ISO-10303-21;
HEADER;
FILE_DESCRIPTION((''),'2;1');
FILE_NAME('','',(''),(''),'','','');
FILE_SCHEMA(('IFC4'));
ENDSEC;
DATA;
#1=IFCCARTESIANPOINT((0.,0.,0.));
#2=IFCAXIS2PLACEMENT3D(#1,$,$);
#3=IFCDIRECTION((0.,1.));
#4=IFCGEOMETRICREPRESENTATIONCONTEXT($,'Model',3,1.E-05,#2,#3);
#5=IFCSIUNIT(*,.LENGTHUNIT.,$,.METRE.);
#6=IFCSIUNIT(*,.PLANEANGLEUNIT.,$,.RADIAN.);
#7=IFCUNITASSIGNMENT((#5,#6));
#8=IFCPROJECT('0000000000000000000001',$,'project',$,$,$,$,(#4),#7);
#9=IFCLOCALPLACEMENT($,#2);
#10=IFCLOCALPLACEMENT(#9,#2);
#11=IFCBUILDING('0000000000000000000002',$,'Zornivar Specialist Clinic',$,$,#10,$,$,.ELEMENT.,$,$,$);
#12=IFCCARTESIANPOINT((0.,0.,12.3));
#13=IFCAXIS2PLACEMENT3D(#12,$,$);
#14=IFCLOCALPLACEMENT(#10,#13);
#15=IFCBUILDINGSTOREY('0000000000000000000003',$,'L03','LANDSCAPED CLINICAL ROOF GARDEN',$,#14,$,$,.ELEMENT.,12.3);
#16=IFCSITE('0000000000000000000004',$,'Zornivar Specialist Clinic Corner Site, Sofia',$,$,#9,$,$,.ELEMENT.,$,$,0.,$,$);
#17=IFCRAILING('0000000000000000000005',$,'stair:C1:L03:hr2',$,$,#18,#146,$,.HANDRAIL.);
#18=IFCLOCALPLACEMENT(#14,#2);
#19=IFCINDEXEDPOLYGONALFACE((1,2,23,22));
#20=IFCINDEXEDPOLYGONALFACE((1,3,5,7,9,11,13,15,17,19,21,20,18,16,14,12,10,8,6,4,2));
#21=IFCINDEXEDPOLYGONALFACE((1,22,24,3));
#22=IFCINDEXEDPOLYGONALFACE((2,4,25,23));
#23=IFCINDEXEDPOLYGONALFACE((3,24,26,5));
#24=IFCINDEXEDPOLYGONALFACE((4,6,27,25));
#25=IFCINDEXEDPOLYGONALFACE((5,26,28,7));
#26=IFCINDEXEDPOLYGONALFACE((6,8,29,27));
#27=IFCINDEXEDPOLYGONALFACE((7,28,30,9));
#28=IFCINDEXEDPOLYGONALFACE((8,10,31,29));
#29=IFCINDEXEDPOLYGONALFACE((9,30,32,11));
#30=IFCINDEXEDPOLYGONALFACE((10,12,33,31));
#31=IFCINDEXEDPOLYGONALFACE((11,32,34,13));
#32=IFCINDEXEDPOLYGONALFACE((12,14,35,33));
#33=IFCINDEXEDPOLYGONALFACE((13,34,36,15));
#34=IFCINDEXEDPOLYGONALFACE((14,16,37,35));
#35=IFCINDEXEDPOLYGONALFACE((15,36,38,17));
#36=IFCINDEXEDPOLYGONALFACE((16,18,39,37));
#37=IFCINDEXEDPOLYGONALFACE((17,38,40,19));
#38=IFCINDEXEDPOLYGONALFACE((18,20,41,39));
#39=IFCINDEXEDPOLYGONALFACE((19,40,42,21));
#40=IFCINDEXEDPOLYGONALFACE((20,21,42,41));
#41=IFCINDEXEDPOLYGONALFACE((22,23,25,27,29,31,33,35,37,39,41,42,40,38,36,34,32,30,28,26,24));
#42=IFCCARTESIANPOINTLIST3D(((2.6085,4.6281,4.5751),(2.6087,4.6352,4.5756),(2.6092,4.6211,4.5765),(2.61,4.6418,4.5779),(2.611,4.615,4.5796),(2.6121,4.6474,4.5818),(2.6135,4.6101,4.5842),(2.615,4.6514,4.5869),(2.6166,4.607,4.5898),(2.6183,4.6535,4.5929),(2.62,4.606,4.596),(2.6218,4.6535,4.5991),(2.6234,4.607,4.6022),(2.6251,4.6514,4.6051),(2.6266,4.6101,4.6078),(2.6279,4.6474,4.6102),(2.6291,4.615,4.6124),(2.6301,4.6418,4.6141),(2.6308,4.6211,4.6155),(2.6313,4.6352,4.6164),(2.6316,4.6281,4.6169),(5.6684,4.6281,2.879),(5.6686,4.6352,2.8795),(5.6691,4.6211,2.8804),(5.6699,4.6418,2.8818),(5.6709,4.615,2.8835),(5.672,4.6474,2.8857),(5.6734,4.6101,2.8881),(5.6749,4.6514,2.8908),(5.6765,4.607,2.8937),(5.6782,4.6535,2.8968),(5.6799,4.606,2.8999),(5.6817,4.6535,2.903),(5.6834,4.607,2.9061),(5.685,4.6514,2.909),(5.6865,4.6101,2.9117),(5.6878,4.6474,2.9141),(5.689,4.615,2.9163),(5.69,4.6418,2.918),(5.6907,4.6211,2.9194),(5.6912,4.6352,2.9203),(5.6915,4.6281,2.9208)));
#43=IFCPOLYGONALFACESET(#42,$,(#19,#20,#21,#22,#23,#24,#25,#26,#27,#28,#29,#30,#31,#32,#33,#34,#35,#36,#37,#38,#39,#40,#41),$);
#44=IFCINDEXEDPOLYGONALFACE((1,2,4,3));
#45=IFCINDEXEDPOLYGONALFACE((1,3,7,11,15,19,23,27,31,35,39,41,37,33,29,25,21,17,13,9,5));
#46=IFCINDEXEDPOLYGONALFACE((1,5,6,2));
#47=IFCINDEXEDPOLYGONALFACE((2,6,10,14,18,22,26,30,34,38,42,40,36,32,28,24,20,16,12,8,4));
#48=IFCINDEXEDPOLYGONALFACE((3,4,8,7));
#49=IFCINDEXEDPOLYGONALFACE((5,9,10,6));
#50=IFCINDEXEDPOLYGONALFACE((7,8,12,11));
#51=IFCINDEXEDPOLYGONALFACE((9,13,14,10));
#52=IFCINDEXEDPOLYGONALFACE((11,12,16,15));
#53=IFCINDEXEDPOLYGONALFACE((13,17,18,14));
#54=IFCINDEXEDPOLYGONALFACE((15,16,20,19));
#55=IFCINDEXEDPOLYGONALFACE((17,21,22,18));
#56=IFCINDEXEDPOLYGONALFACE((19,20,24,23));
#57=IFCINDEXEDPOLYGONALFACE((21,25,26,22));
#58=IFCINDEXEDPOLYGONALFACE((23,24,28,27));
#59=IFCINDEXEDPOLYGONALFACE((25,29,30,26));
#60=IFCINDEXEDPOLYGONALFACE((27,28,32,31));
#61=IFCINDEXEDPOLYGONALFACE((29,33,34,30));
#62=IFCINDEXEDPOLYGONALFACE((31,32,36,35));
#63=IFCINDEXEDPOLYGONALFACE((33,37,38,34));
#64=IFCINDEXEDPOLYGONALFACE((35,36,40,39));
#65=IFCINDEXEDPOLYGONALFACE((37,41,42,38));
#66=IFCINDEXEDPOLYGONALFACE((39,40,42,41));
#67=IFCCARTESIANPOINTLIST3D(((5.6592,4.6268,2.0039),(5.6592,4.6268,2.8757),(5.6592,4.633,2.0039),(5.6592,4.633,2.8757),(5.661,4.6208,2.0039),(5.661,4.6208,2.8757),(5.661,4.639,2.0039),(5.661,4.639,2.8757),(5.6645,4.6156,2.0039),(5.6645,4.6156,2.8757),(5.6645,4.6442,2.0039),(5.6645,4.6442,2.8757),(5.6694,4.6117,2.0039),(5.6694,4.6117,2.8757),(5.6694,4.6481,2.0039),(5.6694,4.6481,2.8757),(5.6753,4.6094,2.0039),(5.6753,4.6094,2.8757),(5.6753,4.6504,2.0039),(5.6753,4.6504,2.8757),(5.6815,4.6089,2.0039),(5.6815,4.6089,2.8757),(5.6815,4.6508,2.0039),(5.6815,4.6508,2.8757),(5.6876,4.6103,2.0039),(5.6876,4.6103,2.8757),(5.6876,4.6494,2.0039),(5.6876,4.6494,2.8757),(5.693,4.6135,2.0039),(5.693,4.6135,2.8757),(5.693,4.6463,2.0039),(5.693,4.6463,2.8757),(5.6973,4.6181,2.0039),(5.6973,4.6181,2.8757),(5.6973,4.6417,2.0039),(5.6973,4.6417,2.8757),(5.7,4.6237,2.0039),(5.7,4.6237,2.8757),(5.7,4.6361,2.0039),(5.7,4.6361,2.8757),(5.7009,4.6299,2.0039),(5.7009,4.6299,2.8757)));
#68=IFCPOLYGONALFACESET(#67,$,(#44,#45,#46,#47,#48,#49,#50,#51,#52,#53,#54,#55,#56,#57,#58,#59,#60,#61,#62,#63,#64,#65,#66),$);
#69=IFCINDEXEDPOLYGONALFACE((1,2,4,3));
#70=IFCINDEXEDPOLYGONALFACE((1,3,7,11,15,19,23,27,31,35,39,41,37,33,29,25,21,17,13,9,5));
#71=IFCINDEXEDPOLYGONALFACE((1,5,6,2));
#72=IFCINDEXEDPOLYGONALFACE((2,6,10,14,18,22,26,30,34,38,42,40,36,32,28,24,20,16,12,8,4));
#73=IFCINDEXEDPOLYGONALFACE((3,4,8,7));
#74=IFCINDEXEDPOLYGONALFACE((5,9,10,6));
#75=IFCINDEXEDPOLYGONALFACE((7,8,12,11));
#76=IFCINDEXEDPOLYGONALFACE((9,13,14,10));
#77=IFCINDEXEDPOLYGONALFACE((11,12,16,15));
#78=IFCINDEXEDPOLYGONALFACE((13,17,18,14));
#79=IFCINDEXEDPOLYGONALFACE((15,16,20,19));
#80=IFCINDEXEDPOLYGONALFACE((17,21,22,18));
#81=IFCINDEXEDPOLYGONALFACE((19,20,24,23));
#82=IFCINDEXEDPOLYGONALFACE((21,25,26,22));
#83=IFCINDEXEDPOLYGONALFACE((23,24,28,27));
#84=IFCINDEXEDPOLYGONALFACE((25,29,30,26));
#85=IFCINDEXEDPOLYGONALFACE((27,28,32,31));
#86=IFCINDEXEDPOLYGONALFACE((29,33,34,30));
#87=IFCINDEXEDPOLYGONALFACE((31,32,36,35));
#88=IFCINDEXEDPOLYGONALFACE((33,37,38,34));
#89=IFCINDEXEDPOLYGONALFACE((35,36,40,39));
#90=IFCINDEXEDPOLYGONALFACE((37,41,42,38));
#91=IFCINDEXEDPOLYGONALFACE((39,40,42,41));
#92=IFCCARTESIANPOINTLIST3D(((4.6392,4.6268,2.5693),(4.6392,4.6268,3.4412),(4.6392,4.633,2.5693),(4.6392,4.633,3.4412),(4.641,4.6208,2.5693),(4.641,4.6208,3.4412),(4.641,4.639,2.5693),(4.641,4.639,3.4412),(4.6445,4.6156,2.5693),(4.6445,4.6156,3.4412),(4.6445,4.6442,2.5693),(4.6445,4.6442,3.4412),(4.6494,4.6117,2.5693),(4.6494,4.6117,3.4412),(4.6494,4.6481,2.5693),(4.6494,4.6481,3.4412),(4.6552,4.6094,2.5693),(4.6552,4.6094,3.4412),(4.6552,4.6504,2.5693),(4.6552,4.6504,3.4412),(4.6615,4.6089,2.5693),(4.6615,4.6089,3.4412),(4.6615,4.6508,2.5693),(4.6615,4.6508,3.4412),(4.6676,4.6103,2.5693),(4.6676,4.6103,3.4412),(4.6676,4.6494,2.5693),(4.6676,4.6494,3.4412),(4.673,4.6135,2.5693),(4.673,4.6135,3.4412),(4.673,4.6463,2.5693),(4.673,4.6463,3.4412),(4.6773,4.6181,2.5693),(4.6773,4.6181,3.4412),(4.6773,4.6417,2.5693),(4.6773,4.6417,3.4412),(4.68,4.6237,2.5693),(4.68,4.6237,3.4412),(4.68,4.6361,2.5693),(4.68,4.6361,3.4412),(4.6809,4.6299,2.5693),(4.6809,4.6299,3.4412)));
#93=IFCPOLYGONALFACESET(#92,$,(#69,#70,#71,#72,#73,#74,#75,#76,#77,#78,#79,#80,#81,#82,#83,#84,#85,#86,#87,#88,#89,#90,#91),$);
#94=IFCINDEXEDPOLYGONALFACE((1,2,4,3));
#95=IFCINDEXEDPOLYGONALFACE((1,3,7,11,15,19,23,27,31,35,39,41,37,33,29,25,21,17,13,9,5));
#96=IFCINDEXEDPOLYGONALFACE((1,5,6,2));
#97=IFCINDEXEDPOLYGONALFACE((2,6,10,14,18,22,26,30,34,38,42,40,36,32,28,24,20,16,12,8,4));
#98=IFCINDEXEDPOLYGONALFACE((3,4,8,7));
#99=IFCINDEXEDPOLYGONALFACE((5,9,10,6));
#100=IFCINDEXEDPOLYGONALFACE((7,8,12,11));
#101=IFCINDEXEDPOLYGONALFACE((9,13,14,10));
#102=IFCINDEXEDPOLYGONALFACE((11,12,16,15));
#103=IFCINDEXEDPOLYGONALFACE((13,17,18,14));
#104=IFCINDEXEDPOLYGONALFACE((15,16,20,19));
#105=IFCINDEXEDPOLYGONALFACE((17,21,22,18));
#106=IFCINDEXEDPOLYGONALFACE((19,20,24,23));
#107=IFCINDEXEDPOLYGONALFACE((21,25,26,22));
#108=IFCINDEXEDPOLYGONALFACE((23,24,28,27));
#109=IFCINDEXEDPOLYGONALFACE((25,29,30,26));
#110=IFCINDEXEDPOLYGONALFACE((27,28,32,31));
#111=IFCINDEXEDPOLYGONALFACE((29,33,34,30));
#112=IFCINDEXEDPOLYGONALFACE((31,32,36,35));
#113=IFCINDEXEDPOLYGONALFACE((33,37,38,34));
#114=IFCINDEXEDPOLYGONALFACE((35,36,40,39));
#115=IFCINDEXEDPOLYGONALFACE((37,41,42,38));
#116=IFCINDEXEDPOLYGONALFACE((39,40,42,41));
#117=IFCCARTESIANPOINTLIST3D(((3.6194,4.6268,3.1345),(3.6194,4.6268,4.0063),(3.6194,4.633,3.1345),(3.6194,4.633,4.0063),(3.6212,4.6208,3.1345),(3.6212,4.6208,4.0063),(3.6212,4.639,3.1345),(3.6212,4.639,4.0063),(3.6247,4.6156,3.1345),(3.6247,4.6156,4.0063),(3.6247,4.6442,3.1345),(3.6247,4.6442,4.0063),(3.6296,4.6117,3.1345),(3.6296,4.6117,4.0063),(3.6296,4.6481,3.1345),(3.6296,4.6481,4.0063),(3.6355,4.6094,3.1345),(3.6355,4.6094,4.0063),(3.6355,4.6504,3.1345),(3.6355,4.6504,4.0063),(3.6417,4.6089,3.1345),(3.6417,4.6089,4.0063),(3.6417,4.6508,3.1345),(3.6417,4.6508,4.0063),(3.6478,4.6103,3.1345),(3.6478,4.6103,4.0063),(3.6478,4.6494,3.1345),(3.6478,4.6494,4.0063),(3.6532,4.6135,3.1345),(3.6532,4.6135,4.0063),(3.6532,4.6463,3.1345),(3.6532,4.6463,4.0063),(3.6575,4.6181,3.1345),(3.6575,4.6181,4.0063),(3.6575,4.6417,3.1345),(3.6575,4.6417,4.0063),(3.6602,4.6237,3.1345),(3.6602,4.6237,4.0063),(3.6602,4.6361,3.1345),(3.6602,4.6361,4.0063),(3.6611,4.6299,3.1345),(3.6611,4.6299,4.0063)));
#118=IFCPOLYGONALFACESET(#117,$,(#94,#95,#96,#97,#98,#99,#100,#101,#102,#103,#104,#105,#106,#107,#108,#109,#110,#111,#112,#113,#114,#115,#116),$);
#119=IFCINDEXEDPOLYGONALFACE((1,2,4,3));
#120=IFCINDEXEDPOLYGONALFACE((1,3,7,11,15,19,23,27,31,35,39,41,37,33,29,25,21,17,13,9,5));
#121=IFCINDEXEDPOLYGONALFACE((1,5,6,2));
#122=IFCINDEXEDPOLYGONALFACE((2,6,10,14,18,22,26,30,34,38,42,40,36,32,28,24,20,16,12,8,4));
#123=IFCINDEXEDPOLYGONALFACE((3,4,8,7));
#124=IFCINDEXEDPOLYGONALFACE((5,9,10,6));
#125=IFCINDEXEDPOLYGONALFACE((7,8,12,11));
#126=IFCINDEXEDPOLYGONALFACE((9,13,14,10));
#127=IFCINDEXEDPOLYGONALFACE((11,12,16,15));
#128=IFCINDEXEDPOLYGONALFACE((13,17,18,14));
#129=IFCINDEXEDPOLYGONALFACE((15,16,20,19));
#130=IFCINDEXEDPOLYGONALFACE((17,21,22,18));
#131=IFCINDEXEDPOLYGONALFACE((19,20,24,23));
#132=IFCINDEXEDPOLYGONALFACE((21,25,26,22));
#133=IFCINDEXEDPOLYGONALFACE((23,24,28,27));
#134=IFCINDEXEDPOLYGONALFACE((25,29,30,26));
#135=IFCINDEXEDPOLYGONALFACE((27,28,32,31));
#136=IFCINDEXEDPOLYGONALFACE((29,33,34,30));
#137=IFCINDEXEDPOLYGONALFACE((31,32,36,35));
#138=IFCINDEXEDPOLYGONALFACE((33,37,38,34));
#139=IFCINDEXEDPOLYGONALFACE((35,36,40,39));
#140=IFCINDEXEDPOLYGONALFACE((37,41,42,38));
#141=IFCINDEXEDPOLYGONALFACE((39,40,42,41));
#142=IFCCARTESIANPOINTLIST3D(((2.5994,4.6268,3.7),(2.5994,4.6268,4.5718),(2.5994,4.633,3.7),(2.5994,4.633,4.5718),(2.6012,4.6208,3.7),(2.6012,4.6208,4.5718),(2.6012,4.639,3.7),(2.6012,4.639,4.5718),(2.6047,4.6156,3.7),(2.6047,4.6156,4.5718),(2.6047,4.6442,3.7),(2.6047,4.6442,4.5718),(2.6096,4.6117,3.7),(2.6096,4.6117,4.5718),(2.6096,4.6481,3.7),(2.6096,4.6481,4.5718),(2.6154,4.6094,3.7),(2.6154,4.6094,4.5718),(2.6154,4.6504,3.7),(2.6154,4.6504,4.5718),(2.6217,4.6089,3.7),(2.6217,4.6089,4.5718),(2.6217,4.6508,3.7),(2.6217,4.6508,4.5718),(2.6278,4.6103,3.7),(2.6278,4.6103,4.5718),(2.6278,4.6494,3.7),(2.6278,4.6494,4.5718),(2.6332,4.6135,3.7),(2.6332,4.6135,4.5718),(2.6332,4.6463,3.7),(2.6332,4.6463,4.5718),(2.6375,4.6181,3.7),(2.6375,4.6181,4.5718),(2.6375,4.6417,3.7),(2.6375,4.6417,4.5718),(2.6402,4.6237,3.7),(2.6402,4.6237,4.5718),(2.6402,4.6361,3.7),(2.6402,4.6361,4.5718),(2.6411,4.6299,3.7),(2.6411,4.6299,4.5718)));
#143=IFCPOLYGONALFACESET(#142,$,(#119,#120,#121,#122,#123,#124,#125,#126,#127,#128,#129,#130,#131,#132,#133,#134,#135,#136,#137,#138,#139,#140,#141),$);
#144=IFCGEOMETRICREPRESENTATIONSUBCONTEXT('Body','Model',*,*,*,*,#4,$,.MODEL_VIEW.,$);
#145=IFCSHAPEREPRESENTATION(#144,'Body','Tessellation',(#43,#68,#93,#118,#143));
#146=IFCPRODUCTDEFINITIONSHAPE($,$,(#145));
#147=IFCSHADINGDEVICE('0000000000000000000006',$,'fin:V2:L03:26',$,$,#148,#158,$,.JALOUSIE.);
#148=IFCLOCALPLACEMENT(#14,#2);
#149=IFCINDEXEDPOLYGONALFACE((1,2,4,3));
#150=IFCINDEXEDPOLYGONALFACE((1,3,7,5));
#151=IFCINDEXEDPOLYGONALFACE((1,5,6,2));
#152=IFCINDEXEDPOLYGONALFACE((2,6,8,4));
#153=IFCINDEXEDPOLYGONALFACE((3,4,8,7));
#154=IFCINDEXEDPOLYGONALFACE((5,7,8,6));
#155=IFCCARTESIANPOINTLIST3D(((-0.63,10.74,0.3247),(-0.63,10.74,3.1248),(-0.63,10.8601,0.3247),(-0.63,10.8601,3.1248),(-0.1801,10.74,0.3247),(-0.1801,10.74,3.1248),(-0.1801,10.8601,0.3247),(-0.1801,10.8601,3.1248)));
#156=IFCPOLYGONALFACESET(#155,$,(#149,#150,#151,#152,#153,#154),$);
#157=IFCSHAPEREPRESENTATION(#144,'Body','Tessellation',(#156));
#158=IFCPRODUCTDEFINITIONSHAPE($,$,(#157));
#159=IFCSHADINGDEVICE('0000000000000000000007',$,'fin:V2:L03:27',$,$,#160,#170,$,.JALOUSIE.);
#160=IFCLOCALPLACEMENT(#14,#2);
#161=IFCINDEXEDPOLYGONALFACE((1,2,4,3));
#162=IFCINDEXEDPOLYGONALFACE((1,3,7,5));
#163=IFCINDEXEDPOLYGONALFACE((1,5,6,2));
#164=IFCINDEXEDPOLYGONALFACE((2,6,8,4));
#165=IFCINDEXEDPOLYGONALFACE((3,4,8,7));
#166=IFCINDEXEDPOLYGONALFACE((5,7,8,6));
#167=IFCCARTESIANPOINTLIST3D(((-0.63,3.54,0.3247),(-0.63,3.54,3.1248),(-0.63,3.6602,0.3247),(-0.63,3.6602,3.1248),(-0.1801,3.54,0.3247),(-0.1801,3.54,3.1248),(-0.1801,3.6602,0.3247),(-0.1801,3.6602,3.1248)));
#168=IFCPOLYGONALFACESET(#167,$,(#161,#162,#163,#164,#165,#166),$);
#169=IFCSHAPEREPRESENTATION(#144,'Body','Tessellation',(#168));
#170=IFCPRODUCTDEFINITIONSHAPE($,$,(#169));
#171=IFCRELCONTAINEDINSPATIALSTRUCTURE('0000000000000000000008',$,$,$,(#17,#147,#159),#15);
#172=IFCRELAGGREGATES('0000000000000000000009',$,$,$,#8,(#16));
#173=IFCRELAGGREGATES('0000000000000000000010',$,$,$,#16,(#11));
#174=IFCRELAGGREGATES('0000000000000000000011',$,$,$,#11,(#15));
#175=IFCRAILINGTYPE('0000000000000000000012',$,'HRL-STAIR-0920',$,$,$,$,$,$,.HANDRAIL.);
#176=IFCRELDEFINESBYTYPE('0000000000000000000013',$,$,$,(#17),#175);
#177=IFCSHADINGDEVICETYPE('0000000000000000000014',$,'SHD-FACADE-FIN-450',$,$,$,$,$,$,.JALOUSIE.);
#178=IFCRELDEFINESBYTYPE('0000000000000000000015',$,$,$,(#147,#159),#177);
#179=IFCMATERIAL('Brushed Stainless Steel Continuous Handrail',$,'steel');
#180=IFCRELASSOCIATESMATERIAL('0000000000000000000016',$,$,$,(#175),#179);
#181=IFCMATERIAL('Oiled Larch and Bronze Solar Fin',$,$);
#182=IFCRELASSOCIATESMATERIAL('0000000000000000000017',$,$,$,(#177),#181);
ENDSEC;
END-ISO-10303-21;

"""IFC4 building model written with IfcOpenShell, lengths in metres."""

from ifc_helpers import new_model, si_unit, direction, frame, origin, origin_2d, place, context, subcontext, project, spatial, rectangle, circle, extrude, material, type_object, element, save


model = new_model("IFC4")

# Units and contexts
model_context = context("Model", 3, precision=1e-05, world=origin(), true_north=direction((0.0, 1.0)))
body_context = subcontext(model_context, "Body", "Model", "MODEL_VIEW")
ifc_project = project(units=[si_unit("LENGTHUNIT", "METRE"), si_unit("PLANEANGLEUNIT", "RADIAN")], contexts=[model_context])

# Site, building, storey
site_placement = place(None, origin())
site = spatial("IfcSite", under=ifc_project, at=site_placement, Name="Zornivar Specialist Clinic Corner Site, Sofia", CompositionType="ELEMENT", RefElevation=0.0)
building_placement = place(site_placement, origin())
building = spatial("IfcBuilding", under=site, at=building_placement, Name="Zornivar Specialist Clinic", CompositionType="ELEMENT")
storey_placement = place(building_placement, frame((0.0, 0.0, 12.3)))
storey = spatial("IfcBuildingStorey", under=building, at=storey_placement, Name="L03", Description="LANDSCAPED CLINICAL ROOF GARDEN", CompositionType="ELEMENT", Elevation=12.3)

# Railing
ifc_material_1 = material(Name="Brushed Stainless Steel Continuous Handrail", Category="steel")
railing_type = type_object("IfcRailingType", Name="HRL-STAIR-0920", PredefinedType="HANDRAIL", material=ifc_material_1)
railing_placement = place(storey_placement, frame((5.6799, 4.6299, 2.0039)))
element("IfcRailing", 1, at=railing_placement, inside=storey, type_object=railing_type, Name="stair:C1:L03:hr2", PredefinedType="HANDRAIL", context=body_context, shape_type="SweptSolid", body=[
    extrude(circle(Radius=0.0239, at=origin_2d()), frame((0.0, 0.0, 0.896), z_axis=(-0.874624, 0.0, 0.484801), x_axis=(0.0, -1.0, 0.0)), (0.0, 0.0, 1.0), 3.4985),
    extrude(circle(Radius=0.021, at=origin_2d()), origin(), (0.0, 0.0, 1.0), 0.8718),
    extrude(circle(Radius=0.021, at=origin_2d()), frame((-1.02, 0.0, 0.5654)), (0.0, 0.0, 1.0), 0.8718),
    extrude(circle(Radius=0.021, at=origin_2d()), frame((-2.0398, 0.0, 1.1306)), (0.0, 0.0, 1.0), 0.8718),
    extrude(circle(Radius=0.021, at=origin_2d()), frame((-3.0598, 0.0, 1.696)), (0.0, 0.0, 1.0), 0.8718),
])

# Shading devices
ifc_material_2 = material(Name="Oiled Larch and Bronze Solar Fin")
shading_device_type = type_object("IfcShadingDeviceType", Name="SHD-FACADE-FIN-450", PredefinedType="JALOUSIE", material=ifc_material_2)
for number, where, z_axis, x_axis, name in (
    (2, (-0.405, 10.8, 0.3247), (0.0, 0.0, 1.0), (0.0, -1.0, 0.0), "fin:V2:L03:26"),
    (3, (-0.405, 3.6001, 0.3247), (0.0, 0.0, 1.0), (0.0, -1.0, 0.0), "fin:V2:L03:27"),
):
    element("IfcShadingDevice", number, at=place(storey_placement, frame(where, z_axis=z_axis, x_axis=x_axis)), inside=storey, type_object=shading_device_type, Name=name, PredefinedType="JALOUSIE", context=body_context, shape_type="SweptSolid", body=[
        extrude(rectangle(XDim=0.1201, YDim=0.45, at=origin_2d()), origin(), (0.0, 0.0, 1.0), 2.8),
    ])

save(model, "model.ifc")
